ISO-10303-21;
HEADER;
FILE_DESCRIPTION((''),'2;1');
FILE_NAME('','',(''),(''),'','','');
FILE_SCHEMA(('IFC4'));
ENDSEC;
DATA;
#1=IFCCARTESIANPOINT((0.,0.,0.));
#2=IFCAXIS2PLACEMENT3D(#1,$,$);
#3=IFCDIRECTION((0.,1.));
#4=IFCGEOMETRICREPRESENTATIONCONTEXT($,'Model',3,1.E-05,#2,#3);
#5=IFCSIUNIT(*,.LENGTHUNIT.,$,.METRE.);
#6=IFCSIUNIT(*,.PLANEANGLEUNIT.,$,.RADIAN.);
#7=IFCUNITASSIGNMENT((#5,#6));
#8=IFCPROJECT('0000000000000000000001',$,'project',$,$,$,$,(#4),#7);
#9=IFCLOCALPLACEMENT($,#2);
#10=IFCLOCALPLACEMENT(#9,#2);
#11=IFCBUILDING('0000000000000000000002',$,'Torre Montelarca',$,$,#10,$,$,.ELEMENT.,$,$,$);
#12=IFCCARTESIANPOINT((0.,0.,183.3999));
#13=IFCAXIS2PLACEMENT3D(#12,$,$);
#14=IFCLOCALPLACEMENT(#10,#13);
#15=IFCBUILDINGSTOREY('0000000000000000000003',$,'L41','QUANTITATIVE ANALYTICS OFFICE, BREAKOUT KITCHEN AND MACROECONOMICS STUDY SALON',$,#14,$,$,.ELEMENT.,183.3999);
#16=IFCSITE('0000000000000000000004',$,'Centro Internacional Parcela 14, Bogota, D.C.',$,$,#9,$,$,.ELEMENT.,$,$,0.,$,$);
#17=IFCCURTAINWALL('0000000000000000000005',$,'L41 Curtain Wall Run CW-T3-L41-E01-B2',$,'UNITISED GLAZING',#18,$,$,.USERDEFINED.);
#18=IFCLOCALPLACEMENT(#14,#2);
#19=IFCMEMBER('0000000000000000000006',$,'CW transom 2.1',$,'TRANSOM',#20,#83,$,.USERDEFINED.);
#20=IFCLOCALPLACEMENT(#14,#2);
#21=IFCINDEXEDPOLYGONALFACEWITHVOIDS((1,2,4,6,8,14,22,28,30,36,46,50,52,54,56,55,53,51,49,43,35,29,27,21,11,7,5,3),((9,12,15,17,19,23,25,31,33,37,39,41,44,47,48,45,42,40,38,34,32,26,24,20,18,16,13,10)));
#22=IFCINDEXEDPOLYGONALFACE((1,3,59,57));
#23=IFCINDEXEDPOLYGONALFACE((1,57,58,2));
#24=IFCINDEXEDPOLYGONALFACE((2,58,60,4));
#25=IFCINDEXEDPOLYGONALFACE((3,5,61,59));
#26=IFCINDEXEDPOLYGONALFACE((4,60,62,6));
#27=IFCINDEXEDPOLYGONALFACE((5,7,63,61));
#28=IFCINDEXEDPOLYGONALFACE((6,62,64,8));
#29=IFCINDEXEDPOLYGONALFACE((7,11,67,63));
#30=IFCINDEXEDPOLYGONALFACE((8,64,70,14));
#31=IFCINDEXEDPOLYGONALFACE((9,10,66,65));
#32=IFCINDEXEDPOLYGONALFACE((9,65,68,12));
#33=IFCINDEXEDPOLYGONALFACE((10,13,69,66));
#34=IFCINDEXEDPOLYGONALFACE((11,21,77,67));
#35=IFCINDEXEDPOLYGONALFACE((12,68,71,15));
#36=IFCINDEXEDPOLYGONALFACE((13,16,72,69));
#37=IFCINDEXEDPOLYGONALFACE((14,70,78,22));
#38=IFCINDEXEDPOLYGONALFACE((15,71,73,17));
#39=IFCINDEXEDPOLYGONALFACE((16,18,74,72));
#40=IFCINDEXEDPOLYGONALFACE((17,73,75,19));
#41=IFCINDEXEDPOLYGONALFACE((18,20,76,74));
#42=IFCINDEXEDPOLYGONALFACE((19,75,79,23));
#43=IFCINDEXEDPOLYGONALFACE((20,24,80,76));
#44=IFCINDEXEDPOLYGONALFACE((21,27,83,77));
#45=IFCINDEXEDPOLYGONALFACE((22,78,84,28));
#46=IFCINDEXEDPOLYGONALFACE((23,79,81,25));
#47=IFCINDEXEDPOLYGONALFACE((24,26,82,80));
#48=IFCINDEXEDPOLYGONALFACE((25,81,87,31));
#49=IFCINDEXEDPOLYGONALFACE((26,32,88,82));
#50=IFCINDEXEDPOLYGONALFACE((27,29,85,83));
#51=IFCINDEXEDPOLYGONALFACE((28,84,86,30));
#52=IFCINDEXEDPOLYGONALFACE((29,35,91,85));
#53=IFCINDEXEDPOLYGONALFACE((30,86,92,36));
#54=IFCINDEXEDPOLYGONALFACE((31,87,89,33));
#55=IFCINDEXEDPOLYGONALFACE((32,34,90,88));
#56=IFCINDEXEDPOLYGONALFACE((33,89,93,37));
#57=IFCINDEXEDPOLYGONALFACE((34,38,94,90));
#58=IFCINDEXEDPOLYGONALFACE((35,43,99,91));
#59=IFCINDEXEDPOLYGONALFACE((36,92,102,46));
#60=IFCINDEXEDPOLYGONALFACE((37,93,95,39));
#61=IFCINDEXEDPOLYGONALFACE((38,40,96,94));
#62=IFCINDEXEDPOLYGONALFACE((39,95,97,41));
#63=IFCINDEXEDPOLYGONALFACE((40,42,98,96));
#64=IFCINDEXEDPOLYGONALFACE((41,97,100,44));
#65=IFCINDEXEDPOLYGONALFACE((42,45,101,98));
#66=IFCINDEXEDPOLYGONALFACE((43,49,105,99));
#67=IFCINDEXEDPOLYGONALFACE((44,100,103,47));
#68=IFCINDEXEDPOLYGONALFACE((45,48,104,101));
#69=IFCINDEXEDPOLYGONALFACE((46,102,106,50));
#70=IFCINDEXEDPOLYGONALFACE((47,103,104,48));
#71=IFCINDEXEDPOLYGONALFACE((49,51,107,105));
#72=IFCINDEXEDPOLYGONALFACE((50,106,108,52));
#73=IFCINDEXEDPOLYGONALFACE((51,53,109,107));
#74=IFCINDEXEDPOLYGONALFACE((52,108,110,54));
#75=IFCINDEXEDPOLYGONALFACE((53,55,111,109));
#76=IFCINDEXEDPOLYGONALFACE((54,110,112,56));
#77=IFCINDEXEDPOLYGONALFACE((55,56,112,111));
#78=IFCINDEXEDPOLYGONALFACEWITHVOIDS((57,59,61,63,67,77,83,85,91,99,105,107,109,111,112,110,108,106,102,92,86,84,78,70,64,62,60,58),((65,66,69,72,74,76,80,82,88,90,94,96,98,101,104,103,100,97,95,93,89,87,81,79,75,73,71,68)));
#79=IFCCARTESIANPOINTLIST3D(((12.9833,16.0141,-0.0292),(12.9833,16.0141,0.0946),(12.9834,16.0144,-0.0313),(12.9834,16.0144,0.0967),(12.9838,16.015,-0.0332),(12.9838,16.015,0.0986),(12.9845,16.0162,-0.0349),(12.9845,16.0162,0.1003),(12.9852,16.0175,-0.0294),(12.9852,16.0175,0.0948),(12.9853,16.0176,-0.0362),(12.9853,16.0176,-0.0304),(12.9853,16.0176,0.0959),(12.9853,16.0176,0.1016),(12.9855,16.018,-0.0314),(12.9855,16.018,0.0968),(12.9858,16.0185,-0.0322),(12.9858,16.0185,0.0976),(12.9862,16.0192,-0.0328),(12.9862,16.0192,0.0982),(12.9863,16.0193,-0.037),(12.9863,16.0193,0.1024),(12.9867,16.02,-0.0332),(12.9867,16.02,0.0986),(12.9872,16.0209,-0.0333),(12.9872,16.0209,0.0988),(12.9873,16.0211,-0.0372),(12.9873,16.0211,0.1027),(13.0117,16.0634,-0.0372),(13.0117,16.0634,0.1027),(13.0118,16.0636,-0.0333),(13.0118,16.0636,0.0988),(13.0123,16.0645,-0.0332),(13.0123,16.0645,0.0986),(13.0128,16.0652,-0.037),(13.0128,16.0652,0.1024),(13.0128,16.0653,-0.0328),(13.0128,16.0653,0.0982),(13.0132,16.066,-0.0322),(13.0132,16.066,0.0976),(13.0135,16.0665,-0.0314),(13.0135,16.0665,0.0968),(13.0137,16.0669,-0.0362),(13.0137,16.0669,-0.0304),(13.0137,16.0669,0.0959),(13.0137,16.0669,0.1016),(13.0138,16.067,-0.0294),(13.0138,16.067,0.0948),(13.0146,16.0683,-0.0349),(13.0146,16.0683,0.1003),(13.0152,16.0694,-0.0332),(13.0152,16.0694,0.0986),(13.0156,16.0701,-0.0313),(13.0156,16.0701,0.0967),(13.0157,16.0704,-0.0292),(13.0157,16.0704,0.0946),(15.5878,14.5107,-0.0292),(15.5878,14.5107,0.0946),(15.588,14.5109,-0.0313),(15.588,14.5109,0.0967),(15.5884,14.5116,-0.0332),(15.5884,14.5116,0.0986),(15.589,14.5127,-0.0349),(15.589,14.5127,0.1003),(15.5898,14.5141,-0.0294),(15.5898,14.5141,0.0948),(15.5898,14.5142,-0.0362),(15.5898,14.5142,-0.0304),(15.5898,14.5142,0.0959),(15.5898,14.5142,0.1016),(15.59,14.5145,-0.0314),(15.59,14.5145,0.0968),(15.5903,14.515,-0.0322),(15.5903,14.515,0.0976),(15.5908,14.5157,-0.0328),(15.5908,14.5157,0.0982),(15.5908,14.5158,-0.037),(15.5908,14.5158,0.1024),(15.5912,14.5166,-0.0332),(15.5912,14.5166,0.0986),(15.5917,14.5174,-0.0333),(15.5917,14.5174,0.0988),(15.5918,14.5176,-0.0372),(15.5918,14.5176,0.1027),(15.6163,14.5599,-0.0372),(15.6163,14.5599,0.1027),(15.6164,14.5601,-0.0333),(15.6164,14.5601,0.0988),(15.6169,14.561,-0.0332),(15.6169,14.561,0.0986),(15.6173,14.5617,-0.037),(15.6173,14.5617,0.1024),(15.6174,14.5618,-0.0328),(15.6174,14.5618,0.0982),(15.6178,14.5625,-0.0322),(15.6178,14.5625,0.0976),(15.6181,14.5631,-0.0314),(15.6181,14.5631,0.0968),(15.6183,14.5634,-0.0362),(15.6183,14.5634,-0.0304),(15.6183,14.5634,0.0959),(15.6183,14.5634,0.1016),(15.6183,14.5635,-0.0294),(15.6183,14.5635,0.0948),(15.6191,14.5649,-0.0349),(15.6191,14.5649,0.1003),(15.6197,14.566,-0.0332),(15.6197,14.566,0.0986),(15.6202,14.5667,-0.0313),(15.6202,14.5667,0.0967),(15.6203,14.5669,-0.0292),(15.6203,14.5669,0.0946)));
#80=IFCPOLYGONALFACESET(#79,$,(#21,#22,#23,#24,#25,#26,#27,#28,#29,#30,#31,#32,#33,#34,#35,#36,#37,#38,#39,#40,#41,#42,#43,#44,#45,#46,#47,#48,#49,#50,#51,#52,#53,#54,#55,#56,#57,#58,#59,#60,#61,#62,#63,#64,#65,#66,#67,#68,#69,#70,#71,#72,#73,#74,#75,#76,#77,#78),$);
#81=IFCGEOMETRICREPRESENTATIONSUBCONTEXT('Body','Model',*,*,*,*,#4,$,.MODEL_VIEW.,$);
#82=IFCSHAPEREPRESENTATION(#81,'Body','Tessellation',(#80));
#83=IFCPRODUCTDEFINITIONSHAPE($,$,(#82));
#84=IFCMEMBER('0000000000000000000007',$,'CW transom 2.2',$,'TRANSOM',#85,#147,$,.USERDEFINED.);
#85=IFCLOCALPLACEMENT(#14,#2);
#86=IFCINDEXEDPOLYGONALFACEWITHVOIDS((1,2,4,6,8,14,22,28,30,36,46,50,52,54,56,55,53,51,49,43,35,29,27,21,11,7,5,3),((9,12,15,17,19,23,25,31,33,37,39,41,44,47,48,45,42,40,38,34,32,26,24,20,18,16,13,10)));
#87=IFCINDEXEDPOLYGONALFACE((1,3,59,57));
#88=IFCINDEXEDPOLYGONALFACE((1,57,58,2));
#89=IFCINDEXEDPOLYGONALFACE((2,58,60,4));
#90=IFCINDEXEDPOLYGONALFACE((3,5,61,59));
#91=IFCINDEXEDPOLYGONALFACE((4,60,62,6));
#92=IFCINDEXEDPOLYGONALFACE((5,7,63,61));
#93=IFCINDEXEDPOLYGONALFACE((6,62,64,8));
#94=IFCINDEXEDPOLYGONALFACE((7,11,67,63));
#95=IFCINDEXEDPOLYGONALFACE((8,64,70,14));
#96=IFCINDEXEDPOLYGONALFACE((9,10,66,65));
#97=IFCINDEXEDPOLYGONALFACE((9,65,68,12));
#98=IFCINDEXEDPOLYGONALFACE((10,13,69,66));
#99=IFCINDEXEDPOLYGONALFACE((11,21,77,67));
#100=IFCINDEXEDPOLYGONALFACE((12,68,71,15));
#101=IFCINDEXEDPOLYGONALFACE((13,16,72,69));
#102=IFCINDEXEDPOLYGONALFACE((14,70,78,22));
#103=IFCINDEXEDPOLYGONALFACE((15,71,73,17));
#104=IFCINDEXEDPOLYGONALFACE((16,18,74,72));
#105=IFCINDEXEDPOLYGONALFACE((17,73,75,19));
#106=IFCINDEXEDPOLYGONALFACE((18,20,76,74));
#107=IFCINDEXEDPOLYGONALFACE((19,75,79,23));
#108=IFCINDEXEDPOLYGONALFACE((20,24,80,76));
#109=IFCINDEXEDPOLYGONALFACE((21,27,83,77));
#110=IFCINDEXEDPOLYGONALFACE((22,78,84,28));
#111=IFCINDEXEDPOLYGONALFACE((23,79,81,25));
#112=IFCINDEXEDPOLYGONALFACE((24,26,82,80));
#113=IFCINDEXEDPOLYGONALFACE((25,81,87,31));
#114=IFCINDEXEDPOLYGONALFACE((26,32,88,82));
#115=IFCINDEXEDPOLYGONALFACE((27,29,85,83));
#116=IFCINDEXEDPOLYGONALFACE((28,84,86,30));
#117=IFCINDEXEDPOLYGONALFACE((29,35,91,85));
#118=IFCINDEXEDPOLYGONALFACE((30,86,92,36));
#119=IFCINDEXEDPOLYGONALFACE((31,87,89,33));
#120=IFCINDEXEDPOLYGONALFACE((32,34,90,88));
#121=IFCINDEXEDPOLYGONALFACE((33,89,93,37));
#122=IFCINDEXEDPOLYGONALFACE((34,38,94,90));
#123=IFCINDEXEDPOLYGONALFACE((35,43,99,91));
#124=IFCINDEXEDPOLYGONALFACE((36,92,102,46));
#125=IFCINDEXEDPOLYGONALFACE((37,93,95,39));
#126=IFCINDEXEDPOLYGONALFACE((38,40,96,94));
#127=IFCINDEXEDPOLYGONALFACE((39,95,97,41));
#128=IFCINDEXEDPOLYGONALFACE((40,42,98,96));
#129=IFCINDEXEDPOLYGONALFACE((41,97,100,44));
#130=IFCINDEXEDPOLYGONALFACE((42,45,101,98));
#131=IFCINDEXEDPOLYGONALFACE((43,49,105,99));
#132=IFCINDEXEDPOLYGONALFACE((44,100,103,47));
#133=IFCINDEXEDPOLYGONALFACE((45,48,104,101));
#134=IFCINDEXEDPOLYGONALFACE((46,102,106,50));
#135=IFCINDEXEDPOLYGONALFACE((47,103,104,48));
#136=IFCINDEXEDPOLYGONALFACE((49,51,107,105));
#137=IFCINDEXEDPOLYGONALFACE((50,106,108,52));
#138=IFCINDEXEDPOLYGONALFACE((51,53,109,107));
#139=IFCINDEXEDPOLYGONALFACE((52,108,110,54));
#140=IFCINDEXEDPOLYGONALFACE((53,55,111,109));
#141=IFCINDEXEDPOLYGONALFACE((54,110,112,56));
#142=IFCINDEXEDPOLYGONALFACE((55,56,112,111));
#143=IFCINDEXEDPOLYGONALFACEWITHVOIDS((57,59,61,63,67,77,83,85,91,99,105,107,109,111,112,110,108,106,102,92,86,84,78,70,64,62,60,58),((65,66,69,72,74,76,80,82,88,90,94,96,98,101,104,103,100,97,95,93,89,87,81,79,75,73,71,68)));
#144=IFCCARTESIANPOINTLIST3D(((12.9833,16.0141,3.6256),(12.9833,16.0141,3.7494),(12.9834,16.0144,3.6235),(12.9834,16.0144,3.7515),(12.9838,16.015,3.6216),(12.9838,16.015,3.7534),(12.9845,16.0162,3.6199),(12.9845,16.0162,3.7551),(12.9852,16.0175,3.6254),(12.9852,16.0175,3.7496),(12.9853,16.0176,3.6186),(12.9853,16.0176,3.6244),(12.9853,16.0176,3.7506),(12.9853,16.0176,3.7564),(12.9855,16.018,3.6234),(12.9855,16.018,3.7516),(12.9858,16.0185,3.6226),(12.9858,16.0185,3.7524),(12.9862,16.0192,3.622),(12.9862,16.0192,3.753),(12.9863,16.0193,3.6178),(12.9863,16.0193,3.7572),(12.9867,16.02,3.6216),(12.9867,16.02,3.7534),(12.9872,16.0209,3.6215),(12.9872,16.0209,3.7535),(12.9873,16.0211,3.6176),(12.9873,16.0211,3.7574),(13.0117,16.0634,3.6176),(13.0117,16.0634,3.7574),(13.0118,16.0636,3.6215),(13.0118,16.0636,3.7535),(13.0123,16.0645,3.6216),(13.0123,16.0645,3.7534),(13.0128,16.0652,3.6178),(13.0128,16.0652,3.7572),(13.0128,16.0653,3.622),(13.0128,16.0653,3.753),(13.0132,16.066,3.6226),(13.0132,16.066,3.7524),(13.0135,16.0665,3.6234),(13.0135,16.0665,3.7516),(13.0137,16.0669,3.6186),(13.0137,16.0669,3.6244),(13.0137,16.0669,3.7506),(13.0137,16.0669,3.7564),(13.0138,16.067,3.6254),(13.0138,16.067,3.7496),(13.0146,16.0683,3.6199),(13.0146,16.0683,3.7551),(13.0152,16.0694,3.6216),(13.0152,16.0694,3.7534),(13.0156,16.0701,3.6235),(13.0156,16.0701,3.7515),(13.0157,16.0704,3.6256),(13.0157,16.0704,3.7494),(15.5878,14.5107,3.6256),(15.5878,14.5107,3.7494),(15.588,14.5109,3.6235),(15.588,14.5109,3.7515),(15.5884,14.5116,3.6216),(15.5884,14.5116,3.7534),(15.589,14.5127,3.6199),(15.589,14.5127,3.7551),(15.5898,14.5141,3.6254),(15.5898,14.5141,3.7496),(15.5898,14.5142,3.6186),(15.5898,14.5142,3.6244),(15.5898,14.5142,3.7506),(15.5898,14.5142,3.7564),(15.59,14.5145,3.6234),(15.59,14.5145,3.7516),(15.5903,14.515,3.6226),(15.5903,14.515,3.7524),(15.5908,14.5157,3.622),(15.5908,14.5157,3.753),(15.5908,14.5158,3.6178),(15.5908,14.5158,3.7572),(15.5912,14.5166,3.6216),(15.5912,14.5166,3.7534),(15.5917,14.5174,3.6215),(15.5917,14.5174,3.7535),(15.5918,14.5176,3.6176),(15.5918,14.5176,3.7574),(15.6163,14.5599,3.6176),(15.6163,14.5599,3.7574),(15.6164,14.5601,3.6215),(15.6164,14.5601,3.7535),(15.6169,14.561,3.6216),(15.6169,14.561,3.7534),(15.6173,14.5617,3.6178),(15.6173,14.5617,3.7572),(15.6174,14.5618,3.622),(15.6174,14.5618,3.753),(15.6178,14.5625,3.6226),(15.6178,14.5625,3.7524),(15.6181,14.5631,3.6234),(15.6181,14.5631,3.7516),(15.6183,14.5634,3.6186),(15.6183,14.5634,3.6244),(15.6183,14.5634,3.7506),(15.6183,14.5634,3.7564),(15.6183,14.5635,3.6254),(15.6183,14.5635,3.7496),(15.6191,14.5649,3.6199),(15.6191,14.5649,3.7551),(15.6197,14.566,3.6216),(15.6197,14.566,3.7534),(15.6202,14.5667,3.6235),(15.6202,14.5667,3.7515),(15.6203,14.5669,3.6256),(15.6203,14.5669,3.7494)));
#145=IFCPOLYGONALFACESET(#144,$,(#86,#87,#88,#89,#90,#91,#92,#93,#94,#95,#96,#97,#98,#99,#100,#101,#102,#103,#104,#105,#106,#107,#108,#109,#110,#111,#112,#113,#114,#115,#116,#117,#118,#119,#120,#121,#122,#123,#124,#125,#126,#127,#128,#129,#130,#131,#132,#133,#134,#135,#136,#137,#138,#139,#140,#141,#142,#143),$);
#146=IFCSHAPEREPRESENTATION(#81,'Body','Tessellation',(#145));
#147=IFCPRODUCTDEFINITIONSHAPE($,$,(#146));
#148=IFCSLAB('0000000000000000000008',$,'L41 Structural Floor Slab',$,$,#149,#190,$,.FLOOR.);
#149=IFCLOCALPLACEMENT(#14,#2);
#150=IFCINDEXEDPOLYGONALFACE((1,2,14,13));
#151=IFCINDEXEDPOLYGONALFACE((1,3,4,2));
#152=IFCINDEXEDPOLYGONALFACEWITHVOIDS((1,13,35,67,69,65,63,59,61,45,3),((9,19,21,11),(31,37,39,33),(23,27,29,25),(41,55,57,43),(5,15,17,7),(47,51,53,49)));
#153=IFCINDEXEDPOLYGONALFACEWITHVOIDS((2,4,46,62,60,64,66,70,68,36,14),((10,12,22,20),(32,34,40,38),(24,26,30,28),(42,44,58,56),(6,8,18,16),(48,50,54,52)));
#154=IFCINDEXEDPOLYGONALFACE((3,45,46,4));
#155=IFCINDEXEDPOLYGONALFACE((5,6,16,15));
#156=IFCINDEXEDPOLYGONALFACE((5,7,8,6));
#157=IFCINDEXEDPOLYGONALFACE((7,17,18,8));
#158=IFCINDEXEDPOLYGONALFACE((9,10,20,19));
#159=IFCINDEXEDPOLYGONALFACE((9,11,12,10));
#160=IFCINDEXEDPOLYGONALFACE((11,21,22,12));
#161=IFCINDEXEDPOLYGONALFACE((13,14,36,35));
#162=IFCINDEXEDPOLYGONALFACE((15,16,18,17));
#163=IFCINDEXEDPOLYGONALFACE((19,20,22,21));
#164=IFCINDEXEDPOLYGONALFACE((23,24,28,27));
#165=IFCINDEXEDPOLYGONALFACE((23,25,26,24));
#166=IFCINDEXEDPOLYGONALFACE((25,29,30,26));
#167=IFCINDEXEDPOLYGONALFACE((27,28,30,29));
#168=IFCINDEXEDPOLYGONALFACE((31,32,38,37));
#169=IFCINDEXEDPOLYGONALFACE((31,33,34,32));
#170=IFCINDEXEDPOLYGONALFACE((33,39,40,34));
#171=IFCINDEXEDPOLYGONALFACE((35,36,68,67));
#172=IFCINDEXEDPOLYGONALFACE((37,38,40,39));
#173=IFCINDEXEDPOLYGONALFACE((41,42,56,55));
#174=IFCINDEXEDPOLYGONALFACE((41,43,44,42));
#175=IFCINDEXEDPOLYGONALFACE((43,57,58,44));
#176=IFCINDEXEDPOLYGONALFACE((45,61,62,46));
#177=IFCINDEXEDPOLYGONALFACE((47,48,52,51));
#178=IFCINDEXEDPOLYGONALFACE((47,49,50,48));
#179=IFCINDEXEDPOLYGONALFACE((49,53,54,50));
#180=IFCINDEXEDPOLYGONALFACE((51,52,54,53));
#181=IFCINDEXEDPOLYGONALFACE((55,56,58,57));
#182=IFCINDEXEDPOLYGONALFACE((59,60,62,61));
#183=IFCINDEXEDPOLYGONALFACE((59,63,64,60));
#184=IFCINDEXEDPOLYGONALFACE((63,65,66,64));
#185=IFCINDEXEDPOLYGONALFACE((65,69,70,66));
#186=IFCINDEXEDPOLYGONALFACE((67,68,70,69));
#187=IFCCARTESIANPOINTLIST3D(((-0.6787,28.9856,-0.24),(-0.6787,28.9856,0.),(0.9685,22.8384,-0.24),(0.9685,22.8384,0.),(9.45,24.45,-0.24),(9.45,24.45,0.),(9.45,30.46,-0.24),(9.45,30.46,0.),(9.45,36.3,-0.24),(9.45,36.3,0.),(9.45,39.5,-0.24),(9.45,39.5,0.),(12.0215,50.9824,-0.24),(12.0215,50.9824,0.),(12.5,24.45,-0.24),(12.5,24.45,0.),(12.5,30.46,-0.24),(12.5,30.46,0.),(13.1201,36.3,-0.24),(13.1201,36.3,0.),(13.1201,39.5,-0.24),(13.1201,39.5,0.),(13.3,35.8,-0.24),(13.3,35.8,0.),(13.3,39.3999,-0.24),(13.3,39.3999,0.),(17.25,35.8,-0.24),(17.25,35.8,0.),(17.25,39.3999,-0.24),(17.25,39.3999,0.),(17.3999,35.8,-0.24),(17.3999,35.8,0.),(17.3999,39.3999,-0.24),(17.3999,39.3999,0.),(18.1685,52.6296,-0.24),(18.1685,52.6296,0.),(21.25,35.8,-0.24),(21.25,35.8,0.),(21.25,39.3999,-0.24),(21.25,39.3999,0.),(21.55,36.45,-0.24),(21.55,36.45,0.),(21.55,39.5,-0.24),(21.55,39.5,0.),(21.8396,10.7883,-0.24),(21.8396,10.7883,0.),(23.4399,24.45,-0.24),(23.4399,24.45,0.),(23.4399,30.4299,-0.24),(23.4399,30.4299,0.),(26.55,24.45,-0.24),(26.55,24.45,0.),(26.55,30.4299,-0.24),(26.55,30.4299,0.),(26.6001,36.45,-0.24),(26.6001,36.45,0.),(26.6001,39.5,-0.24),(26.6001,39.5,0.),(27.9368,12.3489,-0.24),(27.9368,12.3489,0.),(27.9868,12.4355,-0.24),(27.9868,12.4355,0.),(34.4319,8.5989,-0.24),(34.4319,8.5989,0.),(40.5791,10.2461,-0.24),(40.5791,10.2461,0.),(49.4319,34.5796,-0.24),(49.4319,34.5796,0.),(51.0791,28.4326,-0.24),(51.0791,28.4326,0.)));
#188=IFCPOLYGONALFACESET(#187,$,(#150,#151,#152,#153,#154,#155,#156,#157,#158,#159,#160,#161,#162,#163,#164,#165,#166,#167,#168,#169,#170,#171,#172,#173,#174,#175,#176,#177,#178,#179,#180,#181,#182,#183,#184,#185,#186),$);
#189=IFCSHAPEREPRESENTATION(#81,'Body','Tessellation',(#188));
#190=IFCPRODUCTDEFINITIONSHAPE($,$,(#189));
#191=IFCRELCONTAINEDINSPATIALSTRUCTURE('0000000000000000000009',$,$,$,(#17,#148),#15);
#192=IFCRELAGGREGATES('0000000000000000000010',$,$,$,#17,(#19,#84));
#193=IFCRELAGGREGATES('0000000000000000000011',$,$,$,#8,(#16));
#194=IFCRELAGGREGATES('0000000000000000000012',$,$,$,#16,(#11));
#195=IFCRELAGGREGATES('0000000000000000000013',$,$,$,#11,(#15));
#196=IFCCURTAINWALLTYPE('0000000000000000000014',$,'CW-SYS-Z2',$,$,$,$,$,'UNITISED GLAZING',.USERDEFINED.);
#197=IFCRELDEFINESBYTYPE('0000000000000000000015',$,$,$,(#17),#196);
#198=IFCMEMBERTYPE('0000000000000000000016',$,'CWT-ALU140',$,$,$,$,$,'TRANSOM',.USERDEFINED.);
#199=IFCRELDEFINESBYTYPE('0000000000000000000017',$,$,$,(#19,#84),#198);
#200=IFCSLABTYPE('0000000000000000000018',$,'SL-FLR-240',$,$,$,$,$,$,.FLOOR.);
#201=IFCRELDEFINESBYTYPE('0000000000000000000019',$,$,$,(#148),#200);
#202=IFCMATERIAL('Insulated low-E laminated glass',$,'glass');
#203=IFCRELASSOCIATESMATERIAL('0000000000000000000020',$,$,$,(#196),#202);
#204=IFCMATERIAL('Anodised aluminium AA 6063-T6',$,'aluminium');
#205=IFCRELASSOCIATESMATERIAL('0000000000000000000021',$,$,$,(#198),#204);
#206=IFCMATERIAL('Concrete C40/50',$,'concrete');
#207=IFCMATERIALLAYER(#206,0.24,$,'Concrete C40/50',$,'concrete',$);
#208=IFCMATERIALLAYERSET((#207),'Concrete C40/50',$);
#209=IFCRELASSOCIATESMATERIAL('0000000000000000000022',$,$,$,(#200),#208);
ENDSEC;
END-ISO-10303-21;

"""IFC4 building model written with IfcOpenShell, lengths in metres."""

from ifc_helpers import new_model, si_unit, direction, frame, origin, origin_2d, place, context, subcontext, project, spatial, polyline, hollow_rectangle, outline, extrude, source, transform, mapped, material, layer, layer_set, material_profile, profile_set, type_object, element, aggregate, save


model = new_model("IFC4")

# Units and contexts
model_context = context("Model", 3, precision=1e-05, world=origin(), true_north=direction((0.0, 1.0)))
body_context = subcontext(model_context, "Body", "Model", "MODEL_VIEW")
ifc_project = project(units=[si_unit("LENGTHUNIT", "METRE"), si_unit("PLANEANGLEUNIT", "RADIAN")], contexts=[model_context])

# Site, building, storey
site_placement = place(None, origin())
site = spatial("IfcSite", under=ifc_project, at=site_placement, Name="Centro Internacional Parcela 14, Bogota, D.C.", CompositionType="ELEMENT", RefElevation=0.0)
building_placement = place(site_placement, origin())
building = spatial("IfcBuilding", under=site, at=building_placement, Name="Torre Montelarca", CompositionType="ELEMENT")
storey_placement = place(building_placement, frame((0.0, 0.0, 183.3999)))
storey = spatial("IfcBuildingStorey", under=building, at=storey_placement, Name="L41", Description="QUANTITATIVE ANALYTICS OFFICE, BREAKOUT KITCHEN AND MACROECONOMICS STUDY SALON", CompositionType="ELEMENT", Elevation=183.3999)

# Shared definitions
ifc_material_1 = material(Name="Insulated low-E laminated glass", Category="glass")
curtain_wall_type = type_object("IfcCurtainWallType", Name="CW-SYS-Z2", ElementType="UNITISED GLAZING", PredefinedType="USERDEFINED", material=ifc_material_1)
ifc_material_2 = material(Name="Anodised aluminium AA 6063-T6", Category="aluminium")
ifc_material_profile_1 = material_profile(ifc_material_2, hollow_rectangle(XDim=0.0649, YDim=0.1399, WallThickness=0.0039, InnerFilletRadius=0.0039, OuterFilletRadius=0.0081, at=origin_2d()), Name="ALU65X140X4", Category="aluminium")
ifc_profile_set_1 = profile_set([ifc_material_profile_1], Name="Anodised aluminium AA 6063-T6")
member_type_1 = type_object("IfcMemberType", Name="CWT-ALU140", ElementType="TRANSOM", PredefinedType="USERDEFINED", material=ifc_profile_set_1)

# Curtain wall
curtain_wall_1_placement = place(storey_placement, origin())
curtain_wall_1 = element("IfcCurtainWall", 1, at=curtain_wall_1_placement, inside=storey, type_object=curtain_wall_type, Name="L41 Curtain Wall Run CW-T3-L41-E01-B2", ObjectType="UNITISED GLAZING", PredefinedType="USERDEFINED")

# Members
shared_shape_1 = source(origin(), body_context, "Body", "SweptSolid", [
    extrude(hollow_rectangle(XDim=0.0649, YDim=0.1399, WallThickness=0.0039, InnerFilletRadius=0.0039, OuterFilletRadius=0.0081, at=origin_2d()), origin(), (0.0, 0.0, 1.0), 3.0073),
])
member_1_placement = place(storey_placement, frame((12.9995, 16.0422, 0.0327), z_axis=(0.866067, -0.499929, 0.0), x_axis=(0.499929, 0.866067, 0.0)))
member_1 = element("IfcMember", 2, at=member_1_placement, type_object=member_type_1, Name="CW transom 2.1", ObjectType="TRANSOM", PredefinedType="USERDEFINED", context=body_context, shape_type="MappedRepresentation", body=[
    mapped(shared_shape_1, transform((0.0, 0.0, 0.0), scale=1.0)),
])
member_2_placement = place(storey_placement, frame((12.9995, 16.0422, 3.6875), z_axis=(0.866067, -0.499929, 0.0), x_axis=(0.499929, 0.866067, 0.0)))
member_2 = element("IfcMember", 3, at=member_2_placement, type_object=member_type_1, Name="CW transom 2.2", ObjectType="TRANSOM", PredefinedType="USERDEFINED", context=body_context, shape_type="MappedRepresentation", body=[
    mapped(shared_shape_1, transform((0.0, 0.0, 0.0), scale=1.0)),
])

# Slab
ifc_material_3 = material(Name="Concrete C40/50", Category="concrete")
ifc_layer_1 = layer(ifc_material_3, 0.24, Name="Concrete C40/50", Category="concrete")
ifc_layer_set_1 = layer_set([ifc_layer_1], Name="Concrete C40/50")
slab_type_1 = type_object("IfcSlabType", Name="SL-FLR-240", PredefinedType="FLOOR", material=ifc_layer_set_1)
slab_1_placement = place(storey_placement, frame((0.0, 0.0, -0.24)))
element("IfcSlab", 4, at=slab_1_placement, inside=storey, type_object=slab_type_1, Name="L41 Structural Floor Slab", PredefinedType="FLOOR", context=body_context, shape_type="SweptSolid", body=[
    extrude(outline(polyline([(21.8396, 10.7883), (27.9868, 12.4355), (27.9368, 12.3489), (34.4319, 8.5989), (40.5791, 10.2461), (51.0791, 28.4326), (49.4319, 34.5796), (18.1685, 52.6296), (12.0215, 50.9824), (-0.6787, 28.9856), (0.9685, 22.8384), (21.8396, 10.7883)]), holes=[polyline([(26.55, 24.45), (23.4399, 24.45), (23.4399, 30.4299), (26.55, 30.4299), (26.55, 24.45)]), polyline([(9.45, 24.45), (9.45, 30.46), (12.5, 30.46), (12.5, 24.45), (9.45, 24.45)]), polyline([(17.25, 35.8), (13.3, 35.8), (13.3, 39.3999), (17.25, 39.3999), (17.25, 35.8)]), polyline([(21.25, 39.3999), (21.25, 35.8), (17.3999, 35.8), (17.3999, 39.3999), (21.25, 39.3999)]), polyline([(13.1201, 36.3), (9.45, 36.3), (9.45, 39.5), (13.1201, 39.5), (13.1201, 36.3)]), polyline([(26.6001, 36.45), (21.55, 36.45), (21.55, 39.5), (26.6001, 39.5), (26.6001, 36.45)])]), origin(), (0.0, 0.0, 1.0), 0.24),
])

aggregate(curtain_wall_1, [member_1, member_2])

save(model, "model.ifc")
